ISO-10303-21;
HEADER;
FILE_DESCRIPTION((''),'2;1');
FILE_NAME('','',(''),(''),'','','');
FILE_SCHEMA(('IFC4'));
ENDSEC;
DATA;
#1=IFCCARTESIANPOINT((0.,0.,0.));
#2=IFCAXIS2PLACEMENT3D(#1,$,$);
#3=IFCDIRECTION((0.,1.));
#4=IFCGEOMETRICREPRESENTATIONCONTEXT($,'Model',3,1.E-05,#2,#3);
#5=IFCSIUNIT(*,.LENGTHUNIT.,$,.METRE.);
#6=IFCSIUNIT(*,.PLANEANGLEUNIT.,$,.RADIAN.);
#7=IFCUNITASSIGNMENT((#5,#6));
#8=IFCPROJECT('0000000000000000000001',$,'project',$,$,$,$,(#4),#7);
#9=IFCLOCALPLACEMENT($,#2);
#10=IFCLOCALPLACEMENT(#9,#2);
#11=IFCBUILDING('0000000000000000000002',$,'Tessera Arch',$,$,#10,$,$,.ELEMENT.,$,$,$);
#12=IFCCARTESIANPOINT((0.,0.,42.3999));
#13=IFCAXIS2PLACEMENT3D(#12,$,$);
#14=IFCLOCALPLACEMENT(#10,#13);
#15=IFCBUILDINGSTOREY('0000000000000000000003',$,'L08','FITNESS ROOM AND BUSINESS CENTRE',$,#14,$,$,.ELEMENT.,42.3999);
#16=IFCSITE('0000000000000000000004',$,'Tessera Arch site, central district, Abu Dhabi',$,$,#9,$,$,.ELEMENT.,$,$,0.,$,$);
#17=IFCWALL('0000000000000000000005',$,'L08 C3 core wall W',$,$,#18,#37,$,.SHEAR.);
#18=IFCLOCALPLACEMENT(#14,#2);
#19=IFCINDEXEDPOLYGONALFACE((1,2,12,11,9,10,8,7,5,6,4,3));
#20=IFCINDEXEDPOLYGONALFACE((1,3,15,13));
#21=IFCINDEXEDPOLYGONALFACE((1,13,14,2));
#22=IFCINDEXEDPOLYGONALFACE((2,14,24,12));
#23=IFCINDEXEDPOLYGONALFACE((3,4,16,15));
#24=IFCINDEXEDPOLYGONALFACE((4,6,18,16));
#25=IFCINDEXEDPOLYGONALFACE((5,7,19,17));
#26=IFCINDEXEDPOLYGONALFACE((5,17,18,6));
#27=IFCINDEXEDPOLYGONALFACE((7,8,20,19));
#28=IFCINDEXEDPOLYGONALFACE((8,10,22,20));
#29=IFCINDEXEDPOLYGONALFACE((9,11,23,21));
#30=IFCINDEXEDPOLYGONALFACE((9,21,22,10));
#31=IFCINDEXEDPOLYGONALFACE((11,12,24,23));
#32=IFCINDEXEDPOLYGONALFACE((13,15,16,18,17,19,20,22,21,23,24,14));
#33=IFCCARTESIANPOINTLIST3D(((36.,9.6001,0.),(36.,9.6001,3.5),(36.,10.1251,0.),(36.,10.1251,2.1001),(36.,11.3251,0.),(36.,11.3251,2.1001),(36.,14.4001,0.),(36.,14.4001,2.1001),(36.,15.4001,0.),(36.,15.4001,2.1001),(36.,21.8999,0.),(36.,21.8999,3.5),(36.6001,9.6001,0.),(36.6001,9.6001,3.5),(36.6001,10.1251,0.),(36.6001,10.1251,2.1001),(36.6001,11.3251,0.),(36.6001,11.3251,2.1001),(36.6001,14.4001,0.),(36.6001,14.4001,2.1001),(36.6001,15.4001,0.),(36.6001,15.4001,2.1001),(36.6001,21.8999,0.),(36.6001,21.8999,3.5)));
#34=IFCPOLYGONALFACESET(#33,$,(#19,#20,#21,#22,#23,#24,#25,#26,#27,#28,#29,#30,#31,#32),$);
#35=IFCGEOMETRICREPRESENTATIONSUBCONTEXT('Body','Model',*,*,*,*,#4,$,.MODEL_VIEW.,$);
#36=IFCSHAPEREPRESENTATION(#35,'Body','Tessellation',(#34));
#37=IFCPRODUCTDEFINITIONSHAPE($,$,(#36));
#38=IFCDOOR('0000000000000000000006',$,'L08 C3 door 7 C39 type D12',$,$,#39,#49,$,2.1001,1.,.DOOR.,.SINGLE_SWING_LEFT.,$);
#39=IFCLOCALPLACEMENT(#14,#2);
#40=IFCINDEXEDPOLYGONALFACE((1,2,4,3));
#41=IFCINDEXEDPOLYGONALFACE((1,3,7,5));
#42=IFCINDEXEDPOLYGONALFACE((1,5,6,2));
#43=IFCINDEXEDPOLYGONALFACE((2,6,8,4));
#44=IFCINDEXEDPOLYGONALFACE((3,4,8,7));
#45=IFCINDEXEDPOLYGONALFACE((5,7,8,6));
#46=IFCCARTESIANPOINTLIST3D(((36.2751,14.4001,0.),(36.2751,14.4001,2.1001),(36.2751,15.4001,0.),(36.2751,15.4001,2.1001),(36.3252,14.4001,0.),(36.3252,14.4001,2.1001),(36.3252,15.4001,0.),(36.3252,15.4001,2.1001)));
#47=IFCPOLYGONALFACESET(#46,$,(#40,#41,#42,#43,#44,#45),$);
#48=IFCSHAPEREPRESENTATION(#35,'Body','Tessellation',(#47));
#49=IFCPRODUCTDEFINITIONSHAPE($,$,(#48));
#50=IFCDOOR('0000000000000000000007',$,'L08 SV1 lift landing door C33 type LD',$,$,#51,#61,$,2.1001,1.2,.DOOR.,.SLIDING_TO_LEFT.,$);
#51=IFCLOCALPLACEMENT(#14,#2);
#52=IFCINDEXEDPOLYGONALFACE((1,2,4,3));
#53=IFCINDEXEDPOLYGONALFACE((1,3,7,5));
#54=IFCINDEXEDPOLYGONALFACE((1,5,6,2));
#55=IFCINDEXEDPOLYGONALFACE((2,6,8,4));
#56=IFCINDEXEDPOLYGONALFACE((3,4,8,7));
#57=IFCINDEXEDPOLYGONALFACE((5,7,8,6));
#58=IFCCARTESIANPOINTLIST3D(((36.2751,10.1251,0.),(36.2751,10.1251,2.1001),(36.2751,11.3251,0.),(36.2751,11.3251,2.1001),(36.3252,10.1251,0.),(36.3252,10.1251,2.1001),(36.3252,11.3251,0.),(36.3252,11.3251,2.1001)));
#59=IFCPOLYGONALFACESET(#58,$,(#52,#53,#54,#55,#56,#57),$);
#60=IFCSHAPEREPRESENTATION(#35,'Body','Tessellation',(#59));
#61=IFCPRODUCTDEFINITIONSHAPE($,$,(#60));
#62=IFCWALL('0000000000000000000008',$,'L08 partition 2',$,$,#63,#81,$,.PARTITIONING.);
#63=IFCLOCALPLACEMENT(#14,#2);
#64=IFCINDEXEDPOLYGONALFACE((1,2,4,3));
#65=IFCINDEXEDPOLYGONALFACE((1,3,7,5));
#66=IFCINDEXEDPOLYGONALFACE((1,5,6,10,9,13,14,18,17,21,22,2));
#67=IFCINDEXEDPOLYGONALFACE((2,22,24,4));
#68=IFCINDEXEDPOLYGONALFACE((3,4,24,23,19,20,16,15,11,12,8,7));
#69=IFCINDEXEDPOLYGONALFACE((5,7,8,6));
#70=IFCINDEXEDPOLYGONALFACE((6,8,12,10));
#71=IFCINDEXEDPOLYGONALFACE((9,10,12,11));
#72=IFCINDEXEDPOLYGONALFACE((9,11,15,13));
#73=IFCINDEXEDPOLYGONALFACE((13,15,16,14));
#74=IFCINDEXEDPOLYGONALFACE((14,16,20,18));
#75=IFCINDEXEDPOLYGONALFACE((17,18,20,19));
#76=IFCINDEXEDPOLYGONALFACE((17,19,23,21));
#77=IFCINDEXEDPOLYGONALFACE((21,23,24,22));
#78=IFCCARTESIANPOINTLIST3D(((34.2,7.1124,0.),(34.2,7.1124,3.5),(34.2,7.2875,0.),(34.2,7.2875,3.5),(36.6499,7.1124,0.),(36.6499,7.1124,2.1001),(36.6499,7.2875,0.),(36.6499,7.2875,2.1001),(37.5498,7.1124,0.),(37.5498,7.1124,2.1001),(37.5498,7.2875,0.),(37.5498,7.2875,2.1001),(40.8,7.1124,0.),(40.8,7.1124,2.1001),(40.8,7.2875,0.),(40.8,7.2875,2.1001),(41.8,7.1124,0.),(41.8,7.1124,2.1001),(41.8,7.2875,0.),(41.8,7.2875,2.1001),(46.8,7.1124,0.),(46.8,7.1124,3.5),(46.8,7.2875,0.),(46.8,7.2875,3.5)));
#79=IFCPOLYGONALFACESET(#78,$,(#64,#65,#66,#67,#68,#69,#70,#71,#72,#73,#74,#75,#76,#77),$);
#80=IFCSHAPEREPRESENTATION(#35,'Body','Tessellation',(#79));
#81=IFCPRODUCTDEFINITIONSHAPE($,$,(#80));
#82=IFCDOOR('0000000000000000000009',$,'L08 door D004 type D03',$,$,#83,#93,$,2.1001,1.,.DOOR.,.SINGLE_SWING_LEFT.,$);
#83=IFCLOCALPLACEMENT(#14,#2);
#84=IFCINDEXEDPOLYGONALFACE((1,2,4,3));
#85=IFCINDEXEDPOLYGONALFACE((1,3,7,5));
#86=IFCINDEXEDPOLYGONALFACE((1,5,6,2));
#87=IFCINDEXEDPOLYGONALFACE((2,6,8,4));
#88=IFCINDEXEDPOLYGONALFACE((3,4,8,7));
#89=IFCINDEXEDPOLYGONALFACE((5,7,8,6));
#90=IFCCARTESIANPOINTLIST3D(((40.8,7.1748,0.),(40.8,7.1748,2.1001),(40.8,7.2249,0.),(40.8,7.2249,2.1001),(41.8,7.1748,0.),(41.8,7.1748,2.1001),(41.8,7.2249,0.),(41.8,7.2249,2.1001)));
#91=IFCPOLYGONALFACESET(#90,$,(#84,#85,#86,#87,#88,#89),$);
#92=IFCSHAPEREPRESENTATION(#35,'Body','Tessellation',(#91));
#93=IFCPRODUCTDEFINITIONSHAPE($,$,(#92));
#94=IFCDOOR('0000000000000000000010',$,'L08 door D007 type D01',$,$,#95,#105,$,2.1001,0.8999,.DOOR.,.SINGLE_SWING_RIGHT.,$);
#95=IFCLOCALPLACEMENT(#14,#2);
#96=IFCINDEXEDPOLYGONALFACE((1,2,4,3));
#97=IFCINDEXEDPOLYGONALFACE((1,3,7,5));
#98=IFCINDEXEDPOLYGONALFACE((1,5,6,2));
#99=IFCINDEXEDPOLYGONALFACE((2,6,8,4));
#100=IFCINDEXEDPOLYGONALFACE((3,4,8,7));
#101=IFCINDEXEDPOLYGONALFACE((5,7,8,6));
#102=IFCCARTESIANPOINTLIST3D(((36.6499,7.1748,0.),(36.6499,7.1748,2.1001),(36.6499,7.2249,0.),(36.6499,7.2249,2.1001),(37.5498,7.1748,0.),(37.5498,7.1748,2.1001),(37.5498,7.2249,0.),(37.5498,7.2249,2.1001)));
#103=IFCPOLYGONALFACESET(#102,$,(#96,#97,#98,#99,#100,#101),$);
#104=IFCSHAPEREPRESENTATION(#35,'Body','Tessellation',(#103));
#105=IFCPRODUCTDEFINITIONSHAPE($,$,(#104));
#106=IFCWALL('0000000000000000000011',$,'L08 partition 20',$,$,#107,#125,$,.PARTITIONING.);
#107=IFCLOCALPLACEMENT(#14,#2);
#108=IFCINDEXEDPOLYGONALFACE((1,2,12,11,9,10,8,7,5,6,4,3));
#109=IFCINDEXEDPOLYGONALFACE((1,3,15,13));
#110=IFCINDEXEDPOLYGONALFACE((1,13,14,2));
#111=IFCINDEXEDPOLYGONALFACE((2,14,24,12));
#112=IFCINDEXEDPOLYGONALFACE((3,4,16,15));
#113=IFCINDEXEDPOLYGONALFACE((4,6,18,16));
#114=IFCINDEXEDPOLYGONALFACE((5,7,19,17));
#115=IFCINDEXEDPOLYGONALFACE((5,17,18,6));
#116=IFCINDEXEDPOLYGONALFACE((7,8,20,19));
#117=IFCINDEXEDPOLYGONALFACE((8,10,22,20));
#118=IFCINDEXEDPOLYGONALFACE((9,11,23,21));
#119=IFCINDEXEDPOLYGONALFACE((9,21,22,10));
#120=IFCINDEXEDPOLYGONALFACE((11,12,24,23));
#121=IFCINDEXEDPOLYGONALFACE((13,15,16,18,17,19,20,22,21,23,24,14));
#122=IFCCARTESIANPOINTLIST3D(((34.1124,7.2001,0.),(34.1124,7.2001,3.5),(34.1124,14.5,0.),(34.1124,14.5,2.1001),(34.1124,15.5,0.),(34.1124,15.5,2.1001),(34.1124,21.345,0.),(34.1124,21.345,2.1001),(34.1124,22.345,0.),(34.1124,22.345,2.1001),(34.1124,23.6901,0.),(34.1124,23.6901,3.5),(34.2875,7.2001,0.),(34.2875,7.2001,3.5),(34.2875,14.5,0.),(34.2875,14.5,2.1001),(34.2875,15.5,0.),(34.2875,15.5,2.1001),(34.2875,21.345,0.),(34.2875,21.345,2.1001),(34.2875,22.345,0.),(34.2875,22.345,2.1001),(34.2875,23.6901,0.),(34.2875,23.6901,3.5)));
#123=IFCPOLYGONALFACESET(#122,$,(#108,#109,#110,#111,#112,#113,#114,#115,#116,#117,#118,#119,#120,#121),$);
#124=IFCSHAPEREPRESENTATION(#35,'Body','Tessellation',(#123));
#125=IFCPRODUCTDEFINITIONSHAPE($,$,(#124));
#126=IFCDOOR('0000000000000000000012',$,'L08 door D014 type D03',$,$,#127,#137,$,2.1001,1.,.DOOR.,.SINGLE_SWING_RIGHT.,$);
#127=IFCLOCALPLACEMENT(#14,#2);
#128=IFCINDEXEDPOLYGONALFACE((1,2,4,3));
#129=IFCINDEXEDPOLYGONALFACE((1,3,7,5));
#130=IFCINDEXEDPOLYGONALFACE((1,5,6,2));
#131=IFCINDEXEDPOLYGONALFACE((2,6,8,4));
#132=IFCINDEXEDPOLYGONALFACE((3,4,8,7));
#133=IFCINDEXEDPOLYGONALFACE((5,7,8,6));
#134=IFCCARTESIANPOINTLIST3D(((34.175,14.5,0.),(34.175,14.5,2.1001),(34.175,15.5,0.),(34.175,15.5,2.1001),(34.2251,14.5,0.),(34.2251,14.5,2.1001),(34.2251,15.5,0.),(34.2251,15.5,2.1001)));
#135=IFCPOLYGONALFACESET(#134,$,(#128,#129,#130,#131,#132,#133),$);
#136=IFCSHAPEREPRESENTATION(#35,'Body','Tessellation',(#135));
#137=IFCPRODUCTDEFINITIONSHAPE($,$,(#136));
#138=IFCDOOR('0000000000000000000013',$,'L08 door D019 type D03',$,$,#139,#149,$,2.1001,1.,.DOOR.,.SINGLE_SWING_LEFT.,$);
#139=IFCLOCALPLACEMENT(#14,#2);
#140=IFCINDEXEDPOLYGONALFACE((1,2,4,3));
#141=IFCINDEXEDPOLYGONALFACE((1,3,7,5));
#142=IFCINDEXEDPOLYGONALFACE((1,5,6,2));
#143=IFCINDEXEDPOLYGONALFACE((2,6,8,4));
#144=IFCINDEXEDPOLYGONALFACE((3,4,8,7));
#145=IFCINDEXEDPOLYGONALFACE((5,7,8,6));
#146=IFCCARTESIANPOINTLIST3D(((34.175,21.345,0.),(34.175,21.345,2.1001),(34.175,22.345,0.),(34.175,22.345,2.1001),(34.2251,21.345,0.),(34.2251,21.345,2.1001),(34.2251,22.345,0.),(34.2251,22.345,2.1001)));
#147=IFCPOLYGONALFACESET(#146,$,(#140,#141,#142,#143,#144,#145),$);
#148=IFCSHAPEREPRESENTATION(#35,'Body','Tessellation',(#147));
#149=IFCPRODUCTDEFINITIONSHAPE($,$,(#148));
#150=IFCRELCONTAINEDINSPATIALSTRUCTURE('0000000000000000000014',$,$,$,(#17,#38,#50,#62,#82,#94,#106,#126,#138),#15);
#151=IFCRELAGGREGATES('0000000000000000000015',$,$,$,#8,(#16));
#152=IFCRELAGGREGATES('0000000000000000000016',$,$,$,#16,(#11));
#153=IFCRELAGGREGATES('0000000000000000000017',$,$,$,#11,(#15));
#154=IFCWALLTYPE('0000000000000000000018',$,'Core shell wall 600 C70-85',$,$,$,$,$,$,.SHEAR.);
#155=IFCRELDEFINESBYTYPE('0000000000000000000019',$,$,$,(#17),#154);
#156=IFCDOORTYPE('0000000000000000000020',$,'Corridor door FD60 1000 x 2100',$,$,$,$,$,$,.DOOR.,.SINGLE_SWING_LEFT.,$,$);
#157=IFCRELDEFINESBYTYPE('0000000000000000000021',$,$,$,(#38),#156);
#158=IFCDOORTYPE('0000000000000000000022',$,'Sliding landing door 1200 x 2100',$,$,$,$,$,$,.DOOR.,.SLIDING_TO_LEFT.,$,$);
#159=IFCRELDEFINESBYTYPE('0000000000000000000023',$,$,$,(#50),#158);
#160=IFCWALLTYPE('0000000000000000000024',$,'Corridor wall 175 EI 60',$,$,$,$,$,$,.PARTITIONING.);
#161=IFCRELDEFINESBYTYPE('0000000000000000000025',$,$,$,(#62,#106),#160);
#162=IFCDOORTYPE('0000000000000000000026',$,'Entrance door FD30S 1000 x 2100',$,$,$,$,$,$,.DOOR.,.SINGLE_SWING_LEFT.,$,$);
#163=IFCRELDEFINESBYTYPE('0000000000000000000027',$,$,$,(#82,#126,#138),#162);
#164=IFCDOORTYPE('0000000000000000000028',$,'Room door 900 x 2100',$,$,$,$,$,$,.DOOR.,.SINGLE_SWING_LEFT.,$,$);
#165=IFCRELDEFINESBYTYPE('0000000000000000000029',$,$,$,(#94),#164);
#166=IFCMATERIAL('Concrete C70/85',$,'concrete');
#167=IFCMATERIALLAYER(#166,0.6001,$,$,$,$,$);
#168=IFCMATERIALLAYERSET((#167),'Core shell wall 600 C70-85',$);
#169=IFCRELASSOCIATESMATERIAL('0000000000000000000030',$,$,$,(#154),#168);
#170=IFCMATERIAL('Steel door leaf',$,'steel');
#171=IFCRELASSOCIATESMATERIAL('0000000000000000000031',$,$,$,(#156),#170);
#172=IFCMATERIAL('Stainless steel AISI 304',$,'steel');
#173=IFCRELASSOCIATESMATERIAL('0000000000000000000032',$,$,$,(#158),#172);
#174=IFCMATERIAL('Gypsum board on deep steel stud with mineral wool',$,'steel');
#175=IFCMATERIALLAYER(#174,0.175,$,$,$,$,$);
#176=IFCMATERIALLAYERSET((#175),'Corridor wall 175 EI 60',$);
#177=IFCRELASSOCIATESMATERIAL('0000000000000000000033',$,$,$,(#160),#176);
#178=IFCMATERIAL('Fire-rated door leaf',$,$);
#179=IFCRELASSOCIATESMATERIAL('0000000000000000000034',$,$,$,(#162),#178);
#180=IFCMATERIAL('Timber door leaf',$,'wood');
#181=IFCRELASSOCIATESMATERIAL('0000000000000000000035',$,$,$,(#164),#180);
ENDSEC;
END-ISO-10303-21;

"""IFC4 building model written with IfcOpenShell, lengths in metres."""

from ifc_helpers import new_model, si_unit, direction, frame, frame_2d, origin, place, context, subcontext, project, spatial, rectangle, extrude, material, layer, layer_set, type_object, element, fill, save


model = new_model("IFC4")

# Units and contexts
model_context = context("Model", 3, precision=1e-05, world=origin(), true_north=direction((0.0, 1.0)))
body_context = subcontext(model_context, "Body", "Model", "MODEL_VIEW")
ifc_project = project(units=[si_unit("LENGTHUNIT", "METRE"), si_unit("PLANEANGLEUNIT", "RADIAN")], contexts=[model_context])

# Site, building, storey
site_placement = place(None, origin())
site = spatial("IfcSite", under=ifc_project, at=site_placement, Name="Tessera Arch site, central district, Abu Dhabi", CompositionType="ELEMENT", RefElevation=0.0)
building_placement = place(site_placement, origin())
building = spatial("IfcBuilding", under=site, at=building_placement, Name="Tessera Arch", CompositionType="ELEMENT")
storey_placement = place(building_placement, frame((0.0, 0.0, 42.3999)))
storey = spatial("IfcBuildingStorey", under=building, at=storey_placement, Name="L08", Description="FITNESS ROOM AND BUSINESS CENTRE", CompositionType="ELEMENT", Elevation=42.3999)

# Shared definitions
ifc_material_1 = material(Name="Concrete C70/85", Category="concrete")
ifc_layer_1 = layer(ifc_material_1, 0.6001)
ifc_layer_set_1 = layer_set([ifc_layer_1], Name="Core shell wall 600 C70-85")
wall_type_1 = type_object("IfcWallType", Name="Core shell wall 600 C70-85", PredefinedType="SHEAR", material=ifc_layer_set_1)

# Walls, openings, doors
wall_1_placement = place(storey_placement, frame((36.3, 9.6001, 0.0), z_axis=(0.0, 0.0, 1.0), x_axis=(0.0, 1.0, 0.0)))
wall_1 = element("IfcWall", 1, at=wall_1_placement, inside=storey, type_object=wall_type_1, Name="L08 C3 core wall W", PredefinedType="SHEAR", context=body_context, shape_type="SweptSolid", body=[
    extrude(rectangle(XDim=12.2998, YDim=0.6001, at=frame_2d((6.1499, 0.0))), origin(), (0.0, 0.0, 1.0), 3.5),
])
opening_1_placement = place(wall_1_placement, frame((0.5249, 0.0, 0.0)))
opening_1 = element("IfcOpeningElement", 2, at=opening_1_placement, cuts=wall_1, PredefinedType="OPENING", context=body_context, shape_type="SweptSolid", body=[
    extrude(rectangle(XDim=1.2, YDim=2.1001, at=frame_2d((0.6001, 1.05))), frame((0.0, 0.3101, 0.0), z_axis=(0.0, -1.0, 0.0), x_axis=(1.0, 0.0, 0.0)), (0.0, 0.0, 1.0), 0.6201),
])
opening_2_placement = place(wall_1_placement, frame((4.8, 0.0, 0.0)))
opening_2 = element("IfcOpeningElement", 3, at=opening_2_placement, cuts=wall_1, PredefinedType="OPENING", context=body_context, shape_type="SweptSolid", body=[
    extrude(rectangle(XDim=1.0, YDim=2.1001, at=frame_2d((0.5, 1.05))), frame((0.0, 0.3101, 0.0), z_axis=(0.0, -1.0, 0.0), x_axis=(1.0, 0.0, 0.0)), (0.0, 0.0, 1.0), 0.6201),
])
ifc_material_2 = material(Name="Steel door leaf", Category="steel")
door_type_1 = type_object("IfcDoorType", Name="Corridor door FD60 1000 x 2100", OperationType="SINGLE_SWING_LEFT", PredefinedType="DOOR", material=ifc_material_2)
door_1_placement = place(opening_2_placement, origin())
door_1 = element("IfcDoor", 4, at=door_1_placement, inside=storey, type_object=door_type_1, Name="L08 C3 door 7 C39 type D12", OperationType="SINGLE_SWING_LEFT", OverallHeight=2.1001, OverallWidth=1.0, PredefinedType="DOOR", context=body_context, shape_type="SweptSolid", body=[
    extrude(rectangle(XDim=1.0, YDim=2.1001, at=frame_2d((0.5, 1.05))), frame((0.0, 0.0249, 0.0), z_axis=(0.0, -1.0, 0.0), x_axis=(1.0, 0.0, 0.0)), (0.0, 0.0, 1.0), 0.05),
])
fill(opening_2, door_1)
ifc_material_3 = material(Name="Stainless steel AISI 304", Category="steel")
door_type_2 = type_object("IfcDoorType", Name="Sliding landing door 1200 x 2100", OperationType="SLIDING_TO_LEFT", PredefinedType="DOOR", material=ifc_material_3)
door_2_placement = place(opening_1_placement, origin())
door_2 = element("IfcDoor", 5, at=door_2_placement, inside=storey, type_object=door_type_2, Name="L08 SV1 lift landing door C33 type LD", OperationType="SLIDING_TO_LEFT", OverallHeight=2.1001, OverallWidth=1.2, PredefinedType="DOOR", context=body_context, shape_type="SweptSolid", body=[
    extrude(rectangle(XDim=1.2, YDim=2.1001, at=frame_2d((0.6001, 1.05))), frame((0.0, 0.0249, 0.0), z_axis=(0.0, -1.0, 0.0), x_axis=(1.0, 0.0, 0.0)), (0.0, 0.0, 1.0), 0.05),
])
fill(opening_1, door_2)
ifc_material_4 = material(Name="Gypsum board on deep steel stud with mineral wool", Category="steel")
ifc_layer_2 = layer(ifc_material_4, 0.175)
ifc_layer_set_2 = layer_set([ifc_layer_2], Name="Corridor wall 175 EI 60")
wall_type_2 = type_object("IfcWallType", Name="Corridor wall 175 EI 60", PredefinedType="PARTITIONING", material=ifc_layer_set_2)
wall_2_placement = place(storey_placement, frame((34.2, 7.2, 0.0), z_axis=(0.0, 0.0, 1.0), x_axis=(1.0, 0.0, 0.0)))
wall_2 = element("IfcWall", 6, at=wall_2_placement, inside=storey, type_object=wall_type_2, Name="L08 partition 2", PredefinedType="PARTITIONING", context=body_context, shape_type="SweptSolid", body=[
    extrude(rectangle(XDim=12.6001, YDim=0.175, at=frame_2d((6.3, 0.0))), origin(), (0.0, 0.0, 1.0), 3.5),
])
opening_3_placement = place(wall_2_placement, frame((6.6001, 0.0, 0.0)))
opening_3 = element("IfcOpeningElement", 7, at=opening_3_placement, cuts=wall_2, PredefinedType="OPENING", context=body_context, shape_type="SweptSolid", body=[
    extrude(rectangle(XDim=1.0, YDim=2.1001, at=frame_2d((0.5, 1.05))), frame((0.0, 0.0974, 0.0), z_axis=(0.0, -1.0, 0.0), x_axis=(1.0, 0.0, 0.0)), (0.0, 0.0, 1.0), 0.1951),
])
opening_4_placement = place(wall_2_placement, frame((2.45, 0.0, 0.0)))
opening_4 = element("IfcOpeningElement", 8, at=opening_4_placement, cuts=wall_2, PredefinedType="OPENING", context=body_context, shape_type="SweptSolid", body=[
    extrude(rectangle(XDim=0.8999, YDim=2.1001, at=frame_2d((0.45, 1.05))), frame((0.0, 0.0974, 0.0), z_axis=(0.0, -1.0, 0.0), x_axis=(1.0, 0.0, 0.0)), (0.0, 0.0, 1.0), 0.1951),
])
ifc_material_5 = material(Name="Fire-rated door leaf")
door_type_3 = type_object("IfcDoorType", Name="Entrance door FD30S 1000 x 2100", OperationType="SINGLE_SWING_LEFT", PredefinedType="DOOR", material=ifc_material_5)
door_3_placement = place(opening_3_placement, origin())
door_3 = element("IfcDoor", 9, at=door_3_placement, inside=storey, type_object=door_type_3, Name="L08 door D004 type D03", OperationType="SINGLE_SWING_LEFT", OverallHeight=2.1001, OverallWidth=1.0, PredefinedType="DOOR", context=body_context, shape_type="SweptSolid", body=[
    extrude(rectangle(XDim=1.0, YDim=2.1001, at=frame_2d((0.5, 1.05))), frame((0.0, 0.0249, 0.0), z_axis=(0.0, -1.0, 0.0), x_axis=(1.0, 0.0, 0.0)), (0.0, 0.0, 1.0), 0.05),
])
fill(opening_3, door_3)
ifc_material_6 = material(Name="Timber door leaf", Category="wood")
door_type_4 = type_object("IfcDoorType", Name="Room door 900 x 2100", OperationType="SINGLE_SWING_LEFT", PredefinedType="DOOR", material=ifc_material_6)
door_4_placement = place(opening_4_placement, origin())
door_4 = element("IfcDoor", 10, at=door_4_placement, inside=storey, type_object=door_type_4, Name="L08 door D007 type D01", OperationType="SINGLE_SWING_RIGHT", OverallHeight=2.1001, OverallWidth=0.8999, PredefinedType="DOOR", context=body_context, shape_type="SweptSolid", body=[
    extrude(rectangle(XDim=0.8999, YDim=2.1001, at=frame_2d((0.45, 1.05))), frame((0.0, 0.0249, 0.0), z_axis=(0.0, -1.0, 0.0), x_axis=(1.0, 0.0, 0.0)), (0.0, 0.0, 1.0), 0.05),
])
fill(opening_4, door_4)
wall_3_placement = place(storey_placement, frame((34.2, 7.2, 0.0), z_axis=(0.0, 0.0, 1.0), x_axis=(0.0, 1.0, 0.0)))
wall_3 = element("IfcWall", 11, at=wall_3_placement, inside=storey, type_object=wall_type_2, Name="L08 partition 20", PredefinedType="PARTITIONING", context=body_context, shape_type="SweptSolid", body=[
    extrude(rectangle(XDim=16.49, YDim=0.175, at=frame_2d((8.2451, 0.0))), origin(), (0.0, 0.0, 1.0), 3.5),
])
opening_5_placement = place(wall_3_placement, frame((7.3, 0.0, 0.0)))
opening_5 = element("IfcOpeningElement", 12, at=opening_5_placement, cuts=wall_3, PredefinedType="OPENING", context=body_context, shape_type="SweptSolid", body=[
    extrude(rectangle(XDim=1.0, YDim=2.1001, at=frame_2d((0.5, 1.05))), frame((0.0, 0.0974, 0.0), z_axis=(0.0, -1.0, 0.0), x_axis=(1.0, 0.0, 0.0)), (0.0, 0.0, 1.0), 0.1951),
])
opening_6_placement = place(wall_3_placement, frame((14.145, 0.0, 0.0)))
opening_6 = element("IfcOpeningElement", 13, at=opening_6_placement, cuts=wall_3, PredefinedType="OPENING", context=body_context, shape_type="SweptSolid", body=[
    extrude(rectangle(XDim=1.0, YDim=2.1001, at=frame_2d((0.5, 1.05))), frame((0.0, 0.0974, 0.0), z_axis=(0.0, -1.0, 0.0), x_axis=(1.0, 0.0, 0.0)), (0.0, 0.0, 1.0), 0.1951),
])
door_5_placement = place(opening_5_placement, origin())
door_5 = element("IfcDoor", 14, at=door_5_placement, inside=storey, type_object=door_type_3, Name="L08 door D014 type D03", OperationType="SINGLE_SWING_RIGHT", OverallHeight=2.1001, OverallWidth=1.0, PredefinedType="DOOR", context=body_context, shape_type="SweptSolid", body=[
    extrude(rectangle(XDim=1.0, YDim=2.1001, at=frame_2d((0.5, 1.05))), frame((0.0, 0.0249, 0.0), z_axis=(0.0, -1.0, 0.0), x_axis=(1.0, 0.0, 0.0)), (0.0, 0.0, 1.0), 0.05),
])
fill(opening_5, door_5)
door_6_placement = place(opening_6_placement, origin())
door_6 = element("IfcDoor", 15, at=door_6_placement, inside=storey, type_object=door_type_3, Name="L08 door D019 type D03", OperationType="SINGLE_SWING_LEFT", OverallHeight=2.1001, OverallWidth=1.0, PredefinedType="DOOR", context=body_context, shape_type="SweptSolid", body=[
    extrude(rectangle(XDim=1.0, YDim=2.1001, at=frame_2d((0.5, 1.05))), frame((0.0, 0.0249, 0.0), z_axis=(0.0, -1.0, 0.0), x_axis=(1.0, 0.0, 0.0)), (0.0, 0.0, 1.0), 0.05),
])
fill(opening_6, door_6)

save(model, "model.ifc")
